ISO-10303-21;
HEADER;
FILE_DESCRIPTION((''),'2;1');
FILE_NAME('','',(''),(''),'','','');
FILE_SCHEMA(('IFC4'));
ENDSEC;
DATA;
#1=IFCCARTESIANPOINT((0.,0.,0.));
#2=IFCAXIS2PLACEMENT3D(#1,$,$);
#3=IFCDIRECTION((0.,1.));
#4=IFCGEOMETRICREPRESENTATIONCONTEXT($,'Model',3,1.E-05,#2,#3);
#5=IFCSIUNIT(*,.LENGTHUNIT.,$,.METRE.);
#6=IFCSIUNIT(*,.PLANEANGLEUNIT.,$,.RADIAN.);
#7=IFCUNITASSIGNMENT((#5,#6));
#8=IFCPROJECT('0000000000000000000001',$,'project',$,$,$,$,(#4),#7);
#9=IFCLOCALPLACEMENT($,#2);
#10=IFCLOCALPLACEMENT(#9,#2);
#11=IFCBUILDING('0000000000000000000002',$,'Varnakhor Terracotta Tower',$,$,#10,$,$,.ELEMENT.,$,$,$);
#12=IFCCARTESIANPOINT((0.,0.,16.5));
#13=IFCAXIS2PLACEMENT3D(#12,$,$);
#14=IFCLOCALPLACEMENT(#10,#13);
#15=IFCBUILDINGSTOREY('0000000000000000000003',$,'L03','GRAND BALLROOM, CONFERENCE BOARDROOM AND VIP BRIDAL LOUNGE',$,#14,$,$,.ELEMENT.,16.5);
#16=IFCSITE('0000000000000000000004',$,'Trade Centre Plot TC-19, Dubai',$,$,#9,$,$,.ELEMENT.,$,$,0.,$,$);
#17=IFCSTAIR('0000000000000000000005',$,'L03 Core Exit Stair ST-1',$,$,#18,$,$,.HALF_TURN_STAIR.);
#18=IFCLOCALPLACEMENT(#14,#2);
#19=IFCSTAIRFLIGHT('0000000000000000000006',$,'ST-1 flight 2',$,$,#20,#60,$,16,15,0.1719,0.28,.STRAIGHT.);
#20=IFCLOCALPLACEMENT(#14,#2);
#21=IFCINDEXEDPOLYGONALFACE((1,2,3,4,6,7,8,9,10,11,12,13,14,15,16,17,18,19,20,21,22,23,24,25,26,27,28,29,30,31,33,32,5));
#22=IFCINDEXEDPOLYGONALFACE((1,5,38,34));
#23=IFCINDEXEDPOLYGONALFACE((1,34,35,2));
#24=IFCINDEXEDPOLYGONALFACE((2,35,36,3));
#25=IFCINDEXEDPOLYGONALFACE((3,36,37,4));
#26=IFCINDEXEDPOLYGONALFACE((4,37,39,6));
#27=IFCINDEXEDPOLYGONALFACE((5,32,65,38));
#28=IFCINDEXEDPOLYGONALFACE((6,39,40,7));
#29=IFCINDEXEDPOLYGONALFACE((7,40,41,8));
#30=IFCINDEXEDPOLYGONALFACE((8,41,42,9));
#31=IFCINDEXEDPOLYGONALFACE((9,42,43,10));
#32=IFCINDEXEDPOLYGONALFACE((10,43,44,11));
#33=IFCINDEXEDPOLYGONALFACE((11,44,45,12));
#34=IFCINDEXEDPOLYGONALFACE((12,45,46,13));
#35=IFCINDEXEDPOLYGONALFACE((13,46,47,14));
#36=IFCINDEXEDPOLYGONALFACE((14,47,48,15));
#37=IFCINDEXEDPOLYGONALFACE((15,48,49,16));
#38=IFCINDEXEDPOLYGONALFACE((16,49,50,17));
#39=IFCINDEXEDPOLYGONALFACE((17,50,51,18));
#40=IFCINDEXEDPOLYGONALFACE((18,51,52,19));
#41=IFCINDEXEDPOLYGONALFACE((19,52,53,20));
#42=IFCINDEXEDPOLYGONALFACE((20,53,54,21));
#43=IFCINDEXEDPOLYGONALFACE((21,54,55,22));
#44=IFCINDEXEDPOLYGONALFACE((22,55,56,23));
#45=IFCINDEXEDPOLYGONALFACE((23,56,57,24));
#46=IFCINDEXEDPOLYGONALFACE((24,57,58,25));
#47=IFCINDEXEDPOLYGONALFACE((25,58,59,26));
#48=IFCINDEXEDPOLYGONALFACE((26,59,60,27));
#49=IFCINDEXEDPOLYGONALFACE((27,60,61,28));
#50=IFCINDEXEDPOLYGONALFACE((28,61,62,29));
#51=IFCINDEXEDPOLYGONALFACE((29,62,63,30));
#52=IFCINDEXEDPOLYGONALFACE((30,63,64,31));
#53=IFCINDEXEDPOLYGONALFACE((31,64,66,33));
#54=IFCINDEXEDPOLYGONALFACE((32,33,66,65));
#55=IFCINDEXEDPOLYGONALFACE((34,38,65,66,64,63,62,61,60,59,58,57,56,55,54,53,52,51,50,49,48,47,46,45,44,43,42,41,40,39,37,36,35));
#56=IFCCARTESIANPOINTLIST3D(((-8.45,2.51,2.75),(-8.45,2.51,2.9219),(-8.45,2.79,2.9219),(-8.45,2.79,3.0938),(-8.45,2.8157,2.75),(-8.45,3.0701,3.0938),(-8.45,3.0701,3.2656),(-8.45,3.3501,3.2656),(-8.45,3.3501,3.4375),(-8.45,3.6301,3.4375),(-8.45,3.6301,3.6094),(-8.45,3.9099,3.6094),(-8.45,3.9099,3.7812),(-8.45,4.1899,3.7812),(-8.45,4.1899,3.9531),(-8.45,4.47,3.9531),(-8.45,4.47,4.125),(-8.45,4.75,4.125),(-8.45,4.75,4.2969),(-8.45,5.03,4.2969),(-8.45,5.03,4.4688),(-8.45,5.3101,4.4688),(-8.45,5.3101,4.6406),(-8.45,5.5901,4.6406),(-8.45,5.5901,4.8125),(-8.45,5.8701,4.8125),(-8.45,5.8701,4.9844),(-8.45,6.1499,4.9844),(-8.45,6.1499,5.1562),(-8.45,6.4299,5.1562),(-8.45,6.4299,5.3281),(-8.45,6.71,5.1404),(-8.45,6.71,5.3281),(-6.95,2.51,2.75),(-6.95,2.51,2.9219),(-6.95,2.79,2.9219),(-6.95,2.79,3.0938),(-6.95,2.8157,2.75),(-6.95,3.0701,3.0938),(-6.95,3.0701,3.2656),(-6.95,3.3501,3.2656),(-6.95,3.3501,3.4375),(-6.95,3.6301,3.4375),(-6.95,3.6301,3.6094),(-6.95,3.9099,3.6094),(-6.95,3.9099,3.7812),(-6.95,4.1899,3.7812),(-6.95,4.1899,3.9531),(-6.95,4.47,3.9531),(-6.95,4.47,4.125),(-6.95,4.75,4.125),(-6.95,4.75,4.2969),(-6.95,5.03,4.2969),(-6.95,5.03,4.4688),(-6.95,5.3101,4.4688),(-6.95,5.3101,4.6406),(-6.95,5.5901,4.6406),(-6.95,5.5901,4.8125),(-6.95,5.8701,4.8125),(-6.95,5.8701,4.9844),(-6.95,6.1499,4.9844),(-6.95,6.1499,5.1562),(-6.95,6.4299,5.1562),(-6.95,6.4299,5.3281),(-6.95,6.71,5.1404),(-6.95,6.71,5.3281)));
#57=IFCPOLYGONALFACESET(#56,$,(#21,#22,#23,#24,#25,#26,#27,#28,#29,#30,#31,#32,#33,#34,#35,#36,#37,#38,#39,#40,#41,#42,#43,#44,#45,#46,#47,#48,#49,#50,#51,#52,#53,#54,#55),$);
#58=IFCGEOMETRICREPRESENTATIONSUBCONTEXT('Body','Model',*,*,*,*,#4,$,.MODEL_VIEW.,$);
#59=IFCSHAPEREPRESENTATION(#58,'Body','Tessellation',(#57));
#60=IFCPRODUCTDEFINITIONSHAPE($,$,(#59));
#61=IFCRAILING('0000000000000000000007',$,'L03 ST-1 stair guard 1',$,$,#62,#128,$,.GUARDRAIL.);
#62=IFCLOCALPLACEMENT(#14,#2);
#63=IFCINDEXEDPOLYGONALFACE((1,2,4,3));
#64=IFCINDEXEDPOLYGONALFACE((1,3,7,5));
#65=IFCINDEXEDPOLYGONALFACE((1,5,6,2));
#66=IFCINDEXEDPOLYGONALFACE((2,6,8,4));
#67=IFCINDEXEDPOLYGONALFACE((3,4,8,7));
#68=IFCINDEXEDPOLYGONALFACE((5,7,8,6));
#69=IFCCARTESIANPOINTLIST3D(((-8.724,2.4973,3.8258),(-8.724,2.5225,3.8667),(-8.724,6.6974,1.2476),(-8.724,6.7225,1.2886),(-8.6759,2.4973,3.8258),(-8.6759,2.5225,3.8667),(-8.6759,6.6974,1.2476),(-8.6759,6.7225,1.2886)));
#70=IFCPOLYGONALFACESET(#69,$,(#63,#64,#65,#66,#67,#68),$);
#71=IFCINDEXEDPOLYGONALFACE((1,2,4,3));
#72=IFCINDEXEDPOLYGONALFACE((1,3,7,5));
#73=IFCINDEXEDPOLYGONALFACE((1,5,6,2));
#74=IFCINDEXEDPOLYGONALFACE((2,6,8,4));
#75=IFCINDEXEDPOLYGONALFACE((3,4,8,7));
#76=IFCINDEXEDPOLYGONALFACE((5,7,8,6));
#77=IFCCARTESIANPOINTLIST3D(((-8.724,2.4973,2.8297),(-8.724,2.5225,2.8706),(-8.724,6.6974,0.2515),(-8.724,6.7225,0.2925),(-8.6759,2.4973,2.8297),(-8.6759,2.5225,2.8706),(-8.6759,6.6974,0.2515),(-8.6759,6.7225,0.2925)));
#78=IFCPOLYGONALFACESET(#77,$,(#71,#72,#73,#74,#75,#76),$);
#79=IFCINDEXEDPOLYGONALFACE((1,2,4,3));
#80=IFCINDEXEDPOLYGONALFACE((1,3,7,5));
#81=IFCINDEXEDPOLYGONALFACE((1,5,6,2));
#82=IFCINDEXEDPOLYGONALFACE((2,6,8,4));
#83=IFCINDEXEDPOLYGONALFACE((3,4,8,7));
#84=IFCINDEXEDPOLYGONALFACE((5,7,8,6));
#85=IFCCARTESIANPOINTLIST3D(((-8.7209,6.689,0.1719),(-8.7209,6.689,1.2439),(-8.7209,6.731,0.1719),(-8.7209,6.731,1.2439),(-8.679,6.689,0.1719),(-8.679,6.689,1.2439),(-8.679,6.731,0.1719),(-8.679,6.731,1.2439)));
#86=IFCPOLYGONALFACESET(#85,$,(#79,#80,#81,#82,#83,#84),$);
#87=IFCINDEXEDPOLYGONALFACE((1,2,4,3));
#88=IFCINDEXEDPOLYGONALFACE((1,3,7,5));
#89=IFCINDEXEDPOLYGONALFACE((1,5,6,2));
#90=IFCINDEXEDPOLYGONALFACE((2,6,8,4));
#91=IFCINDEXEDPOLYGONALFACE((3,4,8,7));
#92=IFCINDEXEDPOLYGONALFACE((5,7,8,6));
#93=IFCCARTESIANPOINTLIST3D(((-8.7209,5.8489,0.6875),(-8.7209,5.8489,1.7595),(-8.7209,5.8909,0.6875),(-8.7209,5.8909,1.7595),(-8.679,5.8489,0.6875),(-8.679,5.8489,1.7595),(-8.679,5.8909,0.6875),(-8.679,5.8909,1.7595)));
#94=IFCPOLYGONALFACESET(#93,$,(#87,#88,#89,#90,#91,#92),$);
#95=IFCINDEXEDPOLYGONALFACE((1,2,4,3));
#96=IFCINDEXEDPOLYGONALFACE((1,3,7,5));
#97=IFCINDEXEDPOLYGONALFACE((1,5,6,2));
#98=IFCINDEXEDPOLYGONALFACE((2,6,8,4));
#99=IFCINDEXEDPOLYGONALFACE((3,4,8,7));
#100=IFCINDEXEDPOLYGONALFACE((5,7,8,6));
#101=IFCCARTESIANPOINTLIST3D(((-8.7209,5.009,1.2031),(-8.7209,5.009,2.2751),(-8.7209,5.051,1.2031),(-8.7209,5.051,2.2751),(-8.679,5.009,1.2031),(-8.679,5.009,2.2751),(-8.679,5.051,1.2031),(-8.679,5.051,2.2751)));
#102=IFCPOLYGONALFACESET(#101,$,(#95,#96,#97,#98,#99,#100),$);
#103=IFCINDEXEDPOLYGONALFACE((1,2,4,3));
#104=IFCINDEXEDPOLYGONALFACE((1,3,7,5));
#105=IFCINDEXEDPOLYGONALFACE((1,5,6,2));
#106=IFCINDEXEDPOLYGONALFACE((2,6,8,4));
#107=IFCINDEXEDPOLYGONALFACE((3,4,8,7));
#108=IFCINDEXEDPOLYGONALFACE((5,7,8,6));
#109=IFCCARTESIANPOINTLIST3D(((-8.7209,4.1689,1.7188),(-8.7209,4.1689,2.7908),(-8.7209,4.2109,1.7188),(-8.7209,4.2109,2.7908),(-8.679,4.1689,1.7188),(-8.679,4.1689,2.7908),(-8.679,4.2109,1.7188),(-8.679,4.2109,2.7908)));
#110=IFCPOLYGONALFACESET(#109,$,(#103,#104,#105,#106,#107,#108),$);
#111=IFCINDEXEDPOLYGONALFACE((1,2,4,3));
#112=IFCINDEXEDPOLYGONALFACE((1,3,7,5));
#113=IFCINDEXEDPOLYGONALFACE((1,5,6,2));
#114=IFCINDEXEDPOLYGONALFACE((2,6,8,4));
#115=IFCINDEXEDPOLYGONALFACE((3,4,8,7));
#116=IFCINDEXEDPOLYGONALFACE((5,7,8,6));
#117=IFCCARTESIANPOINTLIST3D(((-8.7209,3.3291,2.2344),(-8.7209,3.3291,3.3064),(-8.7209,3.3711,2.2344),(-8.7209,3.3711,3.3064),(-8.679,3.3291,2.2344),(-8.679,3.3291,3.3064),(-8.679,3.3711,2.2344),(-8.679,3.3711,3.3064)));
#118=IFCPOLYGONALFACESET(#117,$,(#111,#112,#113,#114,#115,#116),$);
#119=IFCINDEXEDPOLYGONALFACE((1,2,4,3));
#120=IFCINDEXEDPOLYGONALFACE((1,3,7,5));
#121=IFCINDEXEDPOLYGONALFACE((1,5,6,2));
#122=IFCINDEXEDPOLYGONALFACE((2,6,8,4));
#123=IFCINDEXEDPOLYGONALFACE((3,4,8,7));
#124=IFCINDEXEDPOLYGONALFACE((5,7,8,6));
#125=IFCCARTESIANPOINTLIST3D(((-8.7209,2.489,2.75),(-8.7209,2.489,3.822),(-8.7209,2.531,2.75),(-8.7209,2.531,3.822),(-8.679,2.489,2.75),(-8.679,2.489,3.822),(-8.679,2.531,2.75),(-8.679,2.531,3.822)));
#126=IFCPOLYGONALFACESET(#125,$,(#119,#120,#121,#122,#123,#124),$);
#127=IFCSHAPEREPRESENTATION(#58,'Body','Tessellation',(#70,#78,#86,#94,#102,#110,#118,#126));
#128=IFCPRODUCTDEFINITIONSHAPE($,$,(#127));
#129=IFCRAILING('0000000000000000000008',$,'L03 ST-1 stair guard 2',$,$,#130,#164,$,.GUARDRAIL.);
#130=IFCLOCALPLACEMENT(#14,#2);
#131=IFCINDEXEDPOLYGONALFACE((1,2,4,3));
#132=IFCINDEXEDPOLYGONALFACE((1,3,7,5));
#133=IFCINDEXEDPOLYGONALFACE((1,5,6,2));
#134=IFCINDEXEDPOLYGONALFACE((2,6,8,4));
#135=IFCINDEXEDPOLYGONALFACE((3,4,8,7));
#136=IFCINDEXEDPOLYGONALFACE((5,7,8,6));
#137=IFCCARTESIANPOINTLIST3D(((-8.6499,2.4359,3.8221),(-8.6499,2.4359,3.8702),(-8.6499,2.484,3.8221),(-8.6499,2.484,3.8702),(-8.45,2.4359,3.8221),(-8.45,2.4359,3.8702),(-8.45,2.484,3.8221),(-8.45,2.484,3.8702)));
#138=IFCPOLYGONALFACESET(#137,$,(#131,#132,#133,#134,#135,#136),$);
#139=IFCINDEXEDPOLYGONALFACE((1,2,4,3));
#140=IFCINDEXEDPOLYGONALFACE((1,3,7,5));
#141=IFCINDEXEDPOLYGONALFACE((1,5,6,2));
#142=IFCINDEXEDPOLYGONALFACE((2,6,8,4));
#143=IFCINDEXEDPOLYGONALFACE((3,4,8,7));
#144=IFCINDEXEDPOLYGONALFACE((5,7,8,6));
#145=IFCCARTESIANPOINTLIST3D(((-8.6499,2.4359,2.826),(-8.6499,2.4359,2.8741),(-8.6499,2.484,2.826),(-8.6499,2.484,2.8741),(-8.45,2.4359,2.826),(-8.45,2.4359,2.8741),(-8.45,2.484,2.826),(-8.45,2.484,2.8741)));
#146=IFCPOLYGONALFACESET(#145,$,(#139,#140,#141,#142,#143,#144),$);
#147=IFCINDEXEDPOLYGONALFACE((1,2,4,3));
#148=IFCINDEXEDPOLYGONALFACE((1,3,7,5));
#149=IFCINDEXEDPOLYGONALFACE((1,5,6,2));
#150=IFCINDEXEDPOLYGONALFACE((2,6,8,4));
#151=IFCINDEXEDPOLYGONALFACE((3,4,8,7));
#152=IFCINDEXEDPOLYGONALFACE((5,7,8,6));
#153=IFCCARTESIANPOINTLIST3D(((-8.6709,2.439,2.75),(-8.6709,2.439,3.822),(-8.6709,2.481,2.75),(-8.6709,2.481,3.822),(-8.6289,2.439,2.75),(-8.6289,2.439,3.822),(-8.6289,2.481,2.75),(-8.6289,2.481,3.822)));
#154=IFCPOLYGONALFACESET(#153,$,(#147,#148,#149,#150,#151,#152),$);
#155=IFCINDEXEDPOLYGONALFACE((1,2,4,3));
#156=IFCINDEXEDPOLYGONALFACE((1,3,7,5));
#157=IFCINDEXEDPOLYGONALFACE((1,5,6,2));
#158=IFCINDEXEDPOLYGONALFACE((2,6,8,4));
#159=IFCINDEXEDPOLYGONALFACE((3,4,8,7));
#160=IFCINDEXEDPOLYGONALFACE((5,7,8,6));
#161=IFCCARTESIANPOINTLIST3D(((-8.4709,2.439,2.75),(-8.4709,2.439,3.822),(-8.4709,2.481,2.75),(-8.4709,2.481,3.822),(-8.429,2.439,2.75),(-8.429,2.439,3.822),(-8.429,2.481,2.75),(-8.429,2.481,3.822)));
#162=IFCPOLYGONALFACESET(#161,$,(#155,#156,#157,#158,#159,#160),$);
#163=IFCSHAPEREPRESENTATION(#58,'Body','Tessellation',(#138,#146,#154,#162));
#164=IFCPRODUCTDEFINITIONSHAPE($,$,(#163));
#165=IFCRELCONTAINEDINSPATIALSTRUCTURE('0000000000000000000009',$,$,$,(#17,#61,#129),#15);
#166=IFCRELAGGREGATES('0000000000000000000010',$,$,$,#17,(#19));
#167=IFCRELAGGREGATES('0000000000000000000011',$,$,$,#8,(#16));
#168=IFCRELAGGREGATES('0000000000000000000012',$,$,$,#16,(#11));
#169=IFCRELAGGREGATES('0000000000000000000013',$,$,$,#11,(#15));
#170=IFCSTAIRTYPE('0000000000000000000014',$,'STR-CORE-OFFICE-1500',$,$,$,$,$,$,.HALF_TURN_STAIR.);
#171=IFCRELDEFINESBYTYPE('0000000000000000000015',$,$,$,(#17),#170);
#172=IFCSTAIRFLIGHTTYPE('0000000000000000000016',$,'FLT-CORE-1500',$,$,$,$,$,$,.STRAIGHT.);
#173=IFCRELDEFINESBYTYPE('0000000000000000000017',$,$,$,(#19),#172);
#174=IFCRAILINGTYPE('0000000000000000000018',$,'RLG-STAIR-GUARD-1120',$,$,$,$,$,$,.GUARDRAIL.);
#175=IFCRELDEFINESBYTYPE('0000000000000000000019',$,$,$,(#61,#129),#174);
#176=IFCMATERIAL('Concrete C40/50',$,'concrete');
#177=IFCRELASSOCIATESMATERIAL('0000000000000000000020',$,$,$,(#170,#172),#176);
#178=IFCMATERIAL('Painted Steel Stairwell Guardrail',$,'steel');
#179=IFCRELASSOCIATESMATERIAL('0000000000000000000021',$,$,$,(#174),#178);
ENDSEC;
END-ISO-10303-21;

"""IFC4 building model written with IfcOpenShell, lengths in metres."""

from ifc_helpers import new_model, si_unit, direction, frame, origin, origin_2d, place, context, subcontext, project, spatial, polyline, rectangle, outline, extrude, material, type_object, element, aggregate, save


model = new_model("IFC4")

# Units and contexts
model_context = context("Model", 3, precision=1e-05, world=origin(), true_north=direction((0.0, 1.0)))
body_context = subcontext(model_context, "Body", "Model", "MODEL_VIEW")
ifc_project = project(units=[si_unit("LENGTHUNIT", "METRE"), si_unit("PLANEANGLEUNIT", "RADIAN")], contexts=[model_context])

# Site, building, storey
site_placement = place(None, origin())
site = spatial("IfcSite", under=ifc_project, at=site_placement, Name="Trade Centre Plot TC-19, Dubai", CompositionType="ELEMENT", RefElevation=0.0)
building_placement = place(site_placement, origin())
building = spatial("IfcBuilding", under=site, at=building_placement, Name="Varnakhor Terracotta Tower", CompositionType="ELEMENT")
storey_placement = place(building_placement, frame((0.0, 0.0, 16.5)))
storey = spatial("IfcBuildingStorey", under=building, at=storey_placement, Name="L03", Description="GRAND BALLROOM, CONFERENCE BOARDROOM AND VIP BRIDAL LOUNGE", CompositionType="ELEMENT", Elevation=16.5)

# Shared definitions
ifc_material_1 = material(Name="Concrete C40/50", Category="concrete")

# Stair, stair flight
stair_type = type_object("IfcStairType", Name="STR-CORE-OFFICE-1500", PredefinedType="HALF_TURN_STAIR", material=ifc_material_1)
stair_placement = place(storey_placement, origin())
stair = element("IfcStair", 1, at=stair_placement, inside=storey, type_object=stair_type, Name="L03 Core Exit Stair ST-1", PredefinedType="HALF_TURN_STAIR")
stair_flight_type = type_object("IfcStairFlightType", Name="FLT-CORE-1500", PredefinedType="STRAIGHT", material=ifc_material_1)
stair_flight_1_placement = place(storey_placement, frame((-7.7, 2.51, 2.75), z_axis=(0.0, 0.0, 1.0), x_axis=(0.0, 1.0, 0.0)))
stair_flight_1 = element("IfcStairFlight", 2, at=stair_flight_1_placement, type_object=stair_flight_type, Name="ST-1 flight 2", NumberOfRisers=16, NumberOfTreads=15, PredefinedType="STRAIGHT", RiserHeight=0.1719, TreadLength=0.28, context=body_context, shape_type="SweptSolid", body=[
    extrude(outline(polyline([(0.0, 0.0), (0.0, 0.1719), (0.28, 0.1719), (0.28, 0.3438), (0.5601, 0.3438), (0.5601, 0.5156), (0.8401, 0.5156), (0.8401, 0.6875), (1.1201, 0.6875), (1.1201, 0.8594), (1.3999, 0.8594), (1.3999, 1.0312), (1.6799, 1.0312), (1.6799, 1.2031), (1.96, 1.2031), (1.96, 1.375), (2.24, 1.375), (2.24, 1.5469), (2.52, 1.5469), (2.52, 1.7188), (2.8, 1.7188), (2.8, 1.8906), (3.0801, 1.8906), (3.0801, 2.0625), (3.3601, 2.0625), (3.3601, 2.2344), (3.6399, 2.2344), (3.6399, 2.4062), (3.9199, 2.4062), (3.9199, 2.5781), (4.2, 2.5781), (4.2, 2.75), (4.2, 2.3904), (0.3057, 0.0), (0.0, 0.0)])), frame((0.0, 0.75, 0.0), z_axis=(0.0, -1.0, 0.0), x_axis=(1.0, 0.0, 0.0)), (0.0, 0.0, 1.0), 1.5),
])
aggregate(stair, [stair_flight_1])

# Railings
ifc_material_2 = material(Name="Painted Steel Stairwell Guardrail", Category="steel")
railing_type_1 = type_object("IfcRailingType", Name="RLG-STAIR-GUARD-1120", PredefinedType="GUARDRAIL", material=ifc_material_2)
railing_1_placement = place(storey_placement, frame((-8.7, 6.71, 0.1719)))
element("IfcRailing", 3, at=railing_1_placement, inside=storey, type_object=railing_type_1, Name="L03 ST-1 stair guard 1", PredefinedType="GUARDRAIL", context=body_context, shape_type="SweptSolid", body=[
    extrude(rectangle(XDim=0.0481, YDim=0.0481, at=origin_2d()), frame((0.0, 0.0, 1.0962), z_axis=(0.0, -0.852243, 0.523146), x_axis=(1.0, 0.0, 0.0)), (0.0, 0.0, 1.0), 4.9282),
    extrude(rectangle(XDim=0.0481, YDim=0.0481, at=origin_2d()), frame((0.0, 0.0, 0.1001), z_axis=(0.0, -0.852243, 0.523146), x_axis=(1.0, 0.0, 0.0)), (0.0, 0.0, 1.0), 4.9282),
    extrude(rectangle(XDim=0.042, YDim=0.042, at=origin_2d()), origin(), (0.0, 0.0, 1.0), 1.072),
    extrude(rectangle(XDim=0.042, YDim=0.042, at=origin_2d()), frame((0.0, -0.8401, 0.5156)), (0.0, 0.0, 1.0), 1.072),
    extrude(rectangle(XDim=0.042, YDim=0.042, at=origin_2d()), frame((0.0, -1.6799, 1.0312)), (0.0, 0.0, 1.0), 1.072),
    extrude(rectangle(XDim=0.042, YDim=0.042, at=origin_2d()), frame((0.0, -2.52, 1.5469)), (0.0, 0.0, 1.0), 1.072),
    extrude(rectangle(XDim=0.042, YDim=0.042, at=origin_2d()), frame((0.0, -3.3599, 2.0625)), (0.0, 0.0, 1.0), 1.072),
    extrude(rectangle(XDim=0.042, YDim=0.042, at=origin_2d()), frame((0.0, -4.2, 2.5781)), (0.0, 0.0, 1.0), 1.072),
])
railing_2_placement = place(storey_placement, frame((-8.6499, 2.46, 2.75)))
element("IfcRailing", 4, at=railing_2_placement, inside=storey, type_object=railing_type_1, Name="L03 ST-1 stair guard 2", PredefinedType="GUARDRAIL", context=body_context, shape_type="SweptSolid", body=[
    extrude(rectangle(XDim=0.0481, YDim=0.0481, at=origin_2d()), frame((0.0, 0.0, 1.0962), z_axis=(1.0, 0.0, 0.0), x_axis=(0.0, 1.0, 0.0)), (0.0, 0.0, 1.0), 0.2),
    extrude(rectangle(XDim=0.0481, YDim=0.0481, at=origin_2d()), frame((0.0, 0.0, 0.1001), z_axis=(1.0, 0.0, 0.0), x_axis=(0.0, 1.0, 0.0)), (0.0, 0.0, 1.0), 0.2),
    extrude(rectangle(XDim=0.042, YDim=0.042, at=origin_2d()), origin(), (0.0, 0.0, 1.0), 1.072),
    extrude(rectangle(XDim=0.042, YDim=0.042, at=origin_2d()), frame((0.2, 0.0, 0.0)), (0.0, 0.0, 1.0), 1.072),
])

save(model, "model.ifc")
